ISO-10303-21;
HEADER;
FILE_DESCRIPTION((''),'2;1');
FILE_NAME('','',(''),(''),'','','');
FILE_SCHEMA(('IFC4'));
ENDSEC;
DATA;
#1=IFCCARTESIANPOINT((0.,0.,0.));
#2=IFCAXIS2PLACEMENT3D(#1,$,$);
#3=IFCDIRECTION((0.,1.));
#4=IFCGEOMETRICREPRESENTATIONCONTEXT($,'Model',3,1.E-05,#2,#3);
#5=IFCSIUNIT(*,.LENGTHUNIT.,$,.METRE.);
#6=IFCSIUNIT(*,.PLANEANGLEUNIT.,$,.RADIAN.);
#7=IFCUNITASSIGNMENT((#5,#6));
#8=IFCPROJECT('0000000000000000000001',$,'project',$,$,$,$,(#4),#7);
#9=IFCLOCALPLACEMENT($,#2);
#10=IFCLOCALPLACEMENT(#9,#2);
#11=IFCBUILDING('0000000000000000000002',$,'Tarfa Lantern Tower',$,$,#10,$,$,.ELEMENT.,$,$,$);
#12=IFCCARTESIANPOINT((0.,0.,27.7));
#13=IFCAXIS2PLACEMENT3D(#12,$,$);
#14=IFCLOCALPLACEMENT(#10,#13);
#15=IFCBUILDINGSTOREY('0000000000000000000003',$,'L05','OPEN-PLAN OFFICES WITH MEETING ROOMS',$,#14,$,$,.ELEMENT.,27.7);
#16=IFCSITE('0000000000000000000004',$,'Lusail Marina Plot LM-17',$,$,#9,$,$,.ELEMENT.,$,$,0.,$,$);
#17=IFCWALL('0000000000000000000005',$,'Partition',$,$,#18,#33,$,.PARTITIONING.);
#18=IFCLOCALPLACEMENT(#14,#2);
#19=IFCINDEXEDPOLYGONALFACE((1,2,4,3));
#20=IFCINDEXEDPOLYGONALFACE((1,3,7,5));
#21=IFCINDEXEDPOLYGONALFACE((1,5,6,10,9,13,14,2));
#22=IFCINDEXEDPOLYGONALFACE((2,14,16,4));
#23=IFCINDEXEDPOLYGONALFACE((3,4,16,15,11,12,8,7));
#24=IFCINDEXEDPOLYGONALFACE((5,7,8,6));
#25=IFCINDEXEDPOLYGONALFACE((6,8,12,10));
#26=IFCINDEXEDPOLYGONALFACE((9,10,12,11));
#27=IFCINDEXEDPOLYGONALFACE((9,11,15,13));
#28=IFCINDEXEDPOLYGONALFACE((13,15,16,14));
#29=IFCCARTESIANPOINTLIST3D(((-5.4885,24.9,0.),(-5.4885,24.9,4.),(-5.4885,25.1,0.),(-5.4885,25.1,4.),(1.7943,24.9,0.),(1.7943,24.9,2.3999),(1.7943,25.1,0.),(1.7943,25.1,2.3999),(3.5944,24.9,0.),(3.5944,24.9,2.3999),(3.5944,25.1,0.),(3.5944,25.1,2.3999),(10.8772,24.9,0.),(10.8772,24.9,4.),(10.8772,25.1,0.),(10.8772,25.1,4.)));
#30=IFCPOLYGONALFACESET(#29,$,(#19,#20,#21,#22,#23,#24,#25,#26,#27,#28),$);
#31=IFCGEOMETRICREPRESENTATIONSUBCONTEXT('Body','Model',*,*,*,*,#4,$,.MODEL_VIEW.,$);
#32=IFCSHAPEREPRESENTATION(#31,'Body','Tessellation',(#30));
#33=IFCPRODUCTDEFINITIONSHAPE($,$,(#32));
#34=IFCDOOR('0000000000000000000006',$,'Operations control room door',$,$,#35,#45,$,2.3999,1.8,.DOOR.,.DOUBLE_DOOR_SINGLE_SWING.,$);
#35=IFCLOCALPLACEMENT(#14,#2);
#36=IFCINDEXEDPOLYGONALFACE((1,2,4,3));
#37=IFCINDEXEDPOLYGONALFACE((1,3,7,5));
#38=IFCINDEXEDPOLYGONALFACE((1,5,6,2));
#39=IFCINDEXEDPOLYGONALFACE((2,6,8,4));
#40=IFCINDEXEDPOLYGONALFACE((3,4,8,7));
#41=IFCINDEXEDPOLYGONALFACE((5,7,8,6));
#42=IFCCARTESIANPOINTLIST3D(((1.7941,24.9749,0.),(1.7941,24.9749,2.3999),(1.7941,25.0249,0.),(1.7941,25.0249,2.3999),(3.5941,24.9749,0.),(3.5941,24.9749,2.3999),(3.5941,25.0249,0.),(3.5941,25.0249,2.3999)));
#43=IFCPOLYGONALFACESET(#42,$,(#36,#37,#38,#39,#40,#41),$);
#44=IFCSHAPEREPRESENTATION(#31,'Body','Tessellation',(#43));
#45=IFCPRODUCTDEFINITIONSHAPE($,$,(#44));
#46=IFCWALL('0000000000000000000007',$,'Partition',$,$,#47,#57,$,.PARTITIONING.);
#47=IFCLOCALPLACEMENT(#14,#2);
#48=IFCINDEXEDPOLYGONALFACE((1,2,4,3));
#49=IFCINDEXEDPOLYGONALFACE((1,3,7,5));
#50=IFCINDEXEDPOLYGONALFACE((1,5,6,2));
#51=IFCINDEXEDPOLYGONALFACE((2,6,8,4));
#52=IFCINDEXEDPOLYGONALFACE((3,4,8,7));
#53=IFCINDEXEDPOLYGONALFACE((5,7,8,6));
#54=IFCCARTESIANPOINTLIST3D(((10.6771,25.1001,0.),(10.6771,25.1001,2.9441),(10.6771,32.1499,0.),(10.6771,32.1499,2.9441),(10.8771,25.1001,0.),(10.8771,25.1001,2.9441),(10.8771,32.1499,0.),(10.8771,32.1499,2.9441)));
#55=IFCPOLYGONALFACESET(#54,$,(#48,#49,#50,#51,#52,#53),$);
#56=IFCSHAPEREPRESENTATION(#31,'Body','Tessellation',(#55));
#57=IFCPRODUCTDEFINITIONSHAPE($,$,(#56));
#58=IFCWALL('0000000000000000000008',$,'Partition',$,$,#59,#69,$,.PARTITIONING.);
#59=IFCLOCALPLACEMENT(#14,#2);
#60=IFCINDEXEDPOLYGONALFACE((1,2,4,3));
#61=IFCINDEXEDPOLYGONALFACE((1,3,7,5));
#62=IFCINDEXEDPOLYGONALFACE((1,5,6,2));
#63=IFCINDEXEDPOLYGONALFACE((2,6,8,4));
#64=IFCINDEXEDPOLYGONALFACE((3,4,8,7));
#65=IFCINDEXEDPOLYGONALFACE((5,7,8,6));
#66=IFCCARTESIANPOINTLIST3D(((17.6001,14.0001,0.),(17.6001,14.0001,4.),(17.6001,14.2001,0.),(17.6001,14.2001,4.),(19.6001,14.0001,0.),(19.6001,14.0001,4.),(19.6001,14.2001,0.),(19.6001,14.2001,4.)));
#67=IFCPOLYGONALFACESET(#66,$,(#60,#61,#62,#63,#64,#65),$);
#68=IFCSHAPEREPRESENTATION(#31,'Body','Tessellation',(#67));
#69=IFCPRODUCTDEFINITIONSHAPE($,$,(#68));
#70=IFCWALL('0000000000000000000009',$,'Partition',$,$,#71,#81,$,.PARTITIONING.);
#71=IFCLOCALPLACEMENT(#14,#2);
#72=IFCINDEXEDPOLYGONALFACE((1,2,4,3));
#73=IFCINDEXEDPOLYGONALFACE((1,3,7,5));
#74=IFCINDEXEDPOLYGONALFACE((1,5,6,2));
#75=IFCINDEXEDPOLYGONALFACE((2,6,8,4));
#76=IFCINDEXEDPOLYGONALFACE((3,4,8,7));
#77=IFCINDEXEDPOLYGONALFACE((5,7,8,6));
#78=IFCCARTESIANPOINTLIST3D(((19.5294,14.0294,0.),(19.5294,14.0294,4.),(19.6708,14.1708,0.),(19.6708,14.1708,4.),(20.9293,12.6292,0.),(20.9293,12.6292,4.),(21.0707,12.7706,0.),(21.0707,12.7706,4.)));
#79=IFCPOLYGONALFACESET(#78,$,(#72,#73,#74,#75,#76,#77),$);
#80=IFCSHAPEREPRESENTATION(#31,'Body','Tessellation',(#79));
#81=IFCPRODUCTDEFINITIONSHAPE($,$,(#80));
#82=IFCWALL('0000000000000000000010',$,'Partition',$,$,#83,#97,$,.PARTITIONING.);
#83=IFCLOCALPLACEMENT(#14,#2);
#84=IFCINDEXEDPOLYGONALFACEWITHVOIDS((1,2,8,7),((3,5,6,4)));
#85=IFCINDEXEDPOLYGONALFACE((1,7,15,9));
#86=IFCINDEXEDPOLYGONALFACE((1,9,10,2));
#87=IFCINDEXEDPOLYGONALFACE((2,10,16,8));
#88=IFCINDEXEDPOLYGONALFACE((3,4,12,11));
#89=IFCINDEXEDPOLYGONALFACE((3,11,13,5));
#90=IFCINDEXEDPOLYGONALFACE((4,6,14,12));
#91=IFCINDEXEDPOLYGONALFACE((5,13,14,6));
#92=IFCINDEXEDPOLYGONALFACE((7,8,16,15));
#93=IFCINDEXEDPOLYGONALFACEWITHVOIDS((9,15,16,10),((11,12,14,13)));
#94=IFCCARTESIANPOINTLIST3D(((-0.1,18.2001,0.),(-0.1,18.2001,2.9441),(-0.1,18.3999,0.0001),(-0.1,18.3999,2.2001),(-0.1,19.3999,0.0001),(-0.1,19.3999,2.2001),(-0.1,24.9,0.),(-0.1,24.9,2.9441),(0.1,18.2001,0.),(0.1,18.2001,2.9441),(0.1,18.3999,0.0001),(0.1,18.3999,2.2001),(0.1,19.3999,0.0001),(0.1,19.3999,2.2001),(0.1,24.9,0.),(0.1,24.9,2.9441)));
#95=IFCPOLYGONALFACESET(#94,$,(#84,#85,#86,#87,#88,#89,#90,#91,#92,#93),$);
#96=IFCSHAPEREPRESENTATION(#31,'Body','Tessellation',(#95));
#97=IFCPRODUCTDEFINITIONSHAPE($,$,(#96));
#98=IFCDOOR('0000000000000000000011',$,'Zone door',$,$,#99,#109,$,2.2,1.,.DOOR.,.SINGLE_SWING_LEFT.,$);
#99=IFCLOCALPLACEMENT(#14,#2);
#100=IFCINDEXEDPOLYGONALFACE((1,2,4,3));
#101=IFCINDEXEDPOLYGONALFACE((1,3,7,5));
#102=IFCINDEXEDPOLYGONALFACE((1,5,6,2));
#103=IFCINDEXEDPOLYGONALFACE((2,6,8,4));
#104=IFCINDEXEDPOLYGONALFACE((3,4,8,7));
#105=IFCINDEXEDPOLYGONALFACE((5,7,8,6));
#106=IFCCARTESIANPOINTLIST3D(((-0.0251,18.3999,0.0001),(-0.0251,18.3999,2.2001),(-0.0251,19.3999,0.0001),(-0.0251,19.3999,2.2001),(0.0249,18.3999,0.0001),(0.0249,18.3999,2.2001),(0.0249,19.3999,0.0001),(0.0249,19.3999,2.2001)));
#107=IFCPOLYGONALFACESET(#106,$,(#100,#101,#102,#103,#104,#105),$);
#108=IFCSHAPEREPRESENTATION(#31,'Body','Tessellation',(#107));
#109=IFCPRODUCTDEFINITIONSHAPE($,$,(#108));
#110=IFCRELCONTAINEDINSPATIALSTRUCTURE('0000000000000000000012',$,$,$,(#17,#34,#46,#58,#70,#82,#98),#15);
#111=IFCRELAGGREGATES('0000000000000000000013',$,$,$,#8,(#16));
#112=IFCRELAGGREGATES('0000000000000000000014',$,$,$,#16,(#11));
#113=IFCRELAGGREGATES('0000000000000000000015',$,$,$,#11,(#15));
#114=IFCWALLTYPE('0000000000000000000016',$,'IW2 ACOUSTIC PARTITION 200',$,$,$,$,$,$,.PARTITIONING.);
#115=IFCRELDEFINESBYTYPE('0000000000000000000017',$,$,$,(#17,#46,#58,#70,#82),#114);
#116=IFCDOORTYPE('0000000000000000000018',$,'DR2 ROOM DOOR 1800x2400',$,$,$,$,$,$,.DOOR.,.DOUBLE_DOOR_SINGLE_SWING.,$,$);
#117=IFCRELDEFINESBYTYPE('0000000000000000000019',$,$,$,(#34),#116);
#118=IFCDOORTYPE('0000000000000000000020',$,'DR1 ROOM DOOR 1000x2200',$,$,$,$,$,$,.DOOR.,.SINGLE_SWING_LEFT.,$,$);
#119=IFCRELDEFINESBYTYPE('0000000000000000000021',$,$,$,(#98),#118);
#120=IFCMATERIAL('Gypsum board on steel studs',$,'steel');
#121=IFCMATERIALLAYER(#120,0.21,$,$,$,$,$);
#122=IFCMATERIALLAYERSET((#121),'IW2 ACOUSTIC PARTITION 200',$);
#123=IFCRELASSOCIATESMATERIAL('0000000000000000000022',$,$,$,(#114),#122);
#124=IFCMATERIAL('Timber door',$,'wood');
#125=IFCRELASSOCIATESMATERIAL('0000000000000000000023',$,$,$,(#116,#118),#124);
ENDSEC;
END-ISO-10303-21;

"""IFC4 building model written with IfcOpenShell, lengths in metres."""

from ifc_helpers import new_model, si_unit, direction, frame, frame_2d, origin, place, context, subcontext, project, spatial, rectangle, extrude, material, layer, layer_set, type_object, element, fill, save


model = new_model("IFC4")

# Units and contexts
model_context = context("Model", 3, precision=1e-05, world=origin(), true_north=direction((0.0, 1.0)))
body_context = subcontext(model_context, "Body", "Model", "MODEL_VIEW")
ifc_project = project(units=[si_unit("LENGTHUNIT", "METRE"), si_unit("PLANEANGLEUNIT", "RADIAN")], contexts=[model_context])

# Site, building, storey
site_placement = place(None, origin())
site = spatial("IfcSite", under=ifc_project, at=site_placement, Name="Lusail Marina Plot LM-17", CompositionType="ELEMENT", RefElevation=0.0)
building_placement = place(site_placement, origin())
building = spatial("IfcBuilding", under=site, at=building_placement, Name="Tarfa Lantern Tower", CompositionType="ELEMENT")
storey_placement = place(building_placement, frame((0.0, 0.0, 27.7)))
storey = spatial("IfcBuildingStorey", under=building, at=storey_placement, Name="L05", Description="OPEN-PLAN OFFICES WITH MEETING ROOMS", CompositionType="ELEMENT", Elevation=27.7)

# Shared definitions
ifc_material_1 = material(Name="Gypsum board on steel studs", Category="steel")
ifc_layer_1 = layer(ifc_material_1, 0.21)
ifc_layer_set_1 = layer_set([ifc_layer_1], Name="IW2 ACOUSTIC PARTITION 200")
wall_type_1 = type_object("IfcWallType", Name="IW2 ACOUSTIC PARTITION 200", PredefinedType="PARTITIONING", material=ifc_layer_set_1)

# Wall, opening, door
wall_1_placement = place(storey_placement, frame((10.8772, 25.0, 0.0), z_axis=(0.0, 0.0, 1.0), x_axis=(-1.0, 0.0, 0.0)))
wall_1 = element("IfcWall", 1, at=wall_1_placement, inside=storey, type_object=wall_type_1, Name="Partition", PredefinedType="PARTITIONING", context=body_context, shape_type="SweptSolid", body=[
    extrude(rectangle(XDim=16.3657, YDim=0.2, at=frame_2d((8.1829, 0.0))), origin(), (0.0, 0.0, 1.0), 4.0),
])
opening_1_placement = place(wall_1_placement, frame((7.283, 0.0, 0.0)))
opening_1 = element("IfcOpeningElement", 2, at=opening_1_placement, cuts=wall_1, PredefinedType="OPENING", context=body_context, shape_type="SweptSolid", body=[
    extrude(rectangle(XDim=1.8, YDim=2.3999, at=frame_2d((0.8999, 1.2))), frame((0.0, 0.1099, 0.0), z_axis=(0.0, -1.0, 0.0), x_axis=(1.0, 0.0, 0.0)), (0.0, 0.0, 1.0), 0.22),
])
ifc_material_2 = material(Name="Timber door", Category="wood")
door_type_1 = type_object("IfcDoorType", Name="DR2 ROOM DOOR 1800x2400", OperationType="DOUBLE_DOOR_SINGLE_SWING", PredefinedType="DOOR", material=ifc_material_2)
door_1_placement = place(opening_1_placement, frame((1.8, 0.0, 0.0), z_axis=(0.0, 0.0, 1.0), x_axis=(-1.0, 0.0, 0.0)))
door_1 = element("IfcDoor", 3, at=door_1_placement, inside=storey, type_object=door_type_1, Name="Operations control room door", OperationType="DOUBLE_DOOR_SINGLE_SWING", OverallHeight=2.3999, OverallWidth=1.8, PredefinedType="DOOR", context=body_context, shape_type="SweptSolid", body=[
    extrude(rectangle(XDim=1.8, YDim=2.3999, at=frame_2d((0.8999, 1.2))), frame((0.0, 0.0249, 0.0), z_axis=(0.0, -1.0, 0.0), x_axis=(1.0, 0.0, 0.0)), (0.0, 0.0, 1.0), 0.05),
])
fill(opening_1, door_1)

# Walls
wall_2_placement = place(storey_placement, frame((10.7771, 25.1001, 0.0), z_axis=(0.0, 0.0, 1.0), x_axis=(0.0, 1.0, 0.0)))
element("IfcWall", 4, at=wall_2_placement, inside=storey, type_object=wall_type_1, Name="Partition", PredefinedType="PARTITIONING", context=body_context, shape_type="SweptSolid", body=[
    extrude(rectangle(XDim=7.0498, YDim=0.2, at=frame_2d((3.5249, 0.0))), origin(), (0.0, 0.0, 1.0), 2.9441),
])
wall_3_placement = place(storey_placement, frame((17.6001, 14.1001, 0.0), z_axis=(0.0, 0.0, 1.0), x_axis=(1.0, 0.0, 0.0)))
element("IfcWall", 5, at=wall_3_placement, inside=storey, type_object=wall_type_1, Name="Partition", PredefinedType="PARTITIONING", context=body_context, shape_type="SweptSolid", body=[
    extrude(rectangle(XDim=2.0, YDim=0.2, at=frame_2d((1.0, 0.0))), origin(), (0.0, 0.0, 1.0), 4.0),
])
wall_4_placement = place(storey_placement, frame((19.6001, 14.1001, 0.0), z_axis=(0.0, 0.0, 1.0), x_axis=(0.707045, -0.707168, 0.0)))
element("IfcWall", 6, at=wall_4_placement, inside=storey, type_object=wall_type_1, Name="Partition", PredefinedType="PARTITIONING", context=body_context, shape_type="SweptSolid", body=[
    extrude(rectangle(XDim=1.98, YDim=0.2, at=frame_2d((0.99, 0.0))), origin(), (0.0, 0.0, 1.0), 4.0),
])

# Wall, opening, door
wall_5_placement = place(storey_placement, frame((0.0, 18.2, 0.0), z_axis=(0.0, 0.0, 1.0), x_axis=(0.0, 1.0, 0.0)))
wall_5 = element("IfcWall", 7, at=wall_5_placement, inside=storey, type_object=wall_type_1, Name="Partition", PredefinedType="PARTITIONING", context=body_context, shape_type="SweptSolid", body=[
    extrude(rectangle(XDim=6.7, YDim=0.2, at=frame_2d((3.3501, 0.0))), origin(), (0.0, 0.0, 1.0), 2.9441),
])
opening_2_placement = place(wall_5_placement, frame((0.2, 0.0, 0.0)))
opening_2 = element("IfcOpeningElement", 8, at=opening_2_placement, cuts=wall_5, PredefinedType="OPENING", context=body_context, shape_type="SweptSolid", body=[
    extrude(rectangle(XDim=1.0, YDim=2.2, at=frame_2d((0.5, 1.1001))), frame((0.0, 0.1099, 0.0), z_axis=(0.0, -1.0, 0.0), x_axis=(1.0, 0.0, 0.0)), (0.0, 0.0, 1.0), 0.22),
])
door_type_2 = type_object("IfcDoorType", Name="DR1 ROOM DOOR 1000x2200", OperationType="SINGLE_SWING_LEFT", PredefinedType="DOOR", material=ifc_material_2)
door_2_placement = place(opening_2_placement, frame((1.0, 0.0, 0.0), z_axis=(0.0, 0.0, 1.0), x_axis=(-1.0, 0.0, 0.0)))
door_2 = element("IfcDoor", 9, at=door_2_placement, inside=storey, type_object=door_type_2, Name="Zone door", OperationType="SINGLE_SWING_LEFT", OverallHeight=2.2, OverallWidth=1.0, PredefinedType="DOOR", context=body_context, shape_type="SweptSolid", body=[
    extrude(rectangle(XDim=1.0, YDim=2.2, at=frame_2d((0.5, 1.1001))), frame((0.0, 0.0249, 0.0), z_axis=(0.0, -1.0, 0.0), x_axis=(1.0, 0.0, 0.0)), (0.0, 0.0, 1.0), 0.05),
])
fill(opening_2, door_2)

save(model, "model.ifc")
